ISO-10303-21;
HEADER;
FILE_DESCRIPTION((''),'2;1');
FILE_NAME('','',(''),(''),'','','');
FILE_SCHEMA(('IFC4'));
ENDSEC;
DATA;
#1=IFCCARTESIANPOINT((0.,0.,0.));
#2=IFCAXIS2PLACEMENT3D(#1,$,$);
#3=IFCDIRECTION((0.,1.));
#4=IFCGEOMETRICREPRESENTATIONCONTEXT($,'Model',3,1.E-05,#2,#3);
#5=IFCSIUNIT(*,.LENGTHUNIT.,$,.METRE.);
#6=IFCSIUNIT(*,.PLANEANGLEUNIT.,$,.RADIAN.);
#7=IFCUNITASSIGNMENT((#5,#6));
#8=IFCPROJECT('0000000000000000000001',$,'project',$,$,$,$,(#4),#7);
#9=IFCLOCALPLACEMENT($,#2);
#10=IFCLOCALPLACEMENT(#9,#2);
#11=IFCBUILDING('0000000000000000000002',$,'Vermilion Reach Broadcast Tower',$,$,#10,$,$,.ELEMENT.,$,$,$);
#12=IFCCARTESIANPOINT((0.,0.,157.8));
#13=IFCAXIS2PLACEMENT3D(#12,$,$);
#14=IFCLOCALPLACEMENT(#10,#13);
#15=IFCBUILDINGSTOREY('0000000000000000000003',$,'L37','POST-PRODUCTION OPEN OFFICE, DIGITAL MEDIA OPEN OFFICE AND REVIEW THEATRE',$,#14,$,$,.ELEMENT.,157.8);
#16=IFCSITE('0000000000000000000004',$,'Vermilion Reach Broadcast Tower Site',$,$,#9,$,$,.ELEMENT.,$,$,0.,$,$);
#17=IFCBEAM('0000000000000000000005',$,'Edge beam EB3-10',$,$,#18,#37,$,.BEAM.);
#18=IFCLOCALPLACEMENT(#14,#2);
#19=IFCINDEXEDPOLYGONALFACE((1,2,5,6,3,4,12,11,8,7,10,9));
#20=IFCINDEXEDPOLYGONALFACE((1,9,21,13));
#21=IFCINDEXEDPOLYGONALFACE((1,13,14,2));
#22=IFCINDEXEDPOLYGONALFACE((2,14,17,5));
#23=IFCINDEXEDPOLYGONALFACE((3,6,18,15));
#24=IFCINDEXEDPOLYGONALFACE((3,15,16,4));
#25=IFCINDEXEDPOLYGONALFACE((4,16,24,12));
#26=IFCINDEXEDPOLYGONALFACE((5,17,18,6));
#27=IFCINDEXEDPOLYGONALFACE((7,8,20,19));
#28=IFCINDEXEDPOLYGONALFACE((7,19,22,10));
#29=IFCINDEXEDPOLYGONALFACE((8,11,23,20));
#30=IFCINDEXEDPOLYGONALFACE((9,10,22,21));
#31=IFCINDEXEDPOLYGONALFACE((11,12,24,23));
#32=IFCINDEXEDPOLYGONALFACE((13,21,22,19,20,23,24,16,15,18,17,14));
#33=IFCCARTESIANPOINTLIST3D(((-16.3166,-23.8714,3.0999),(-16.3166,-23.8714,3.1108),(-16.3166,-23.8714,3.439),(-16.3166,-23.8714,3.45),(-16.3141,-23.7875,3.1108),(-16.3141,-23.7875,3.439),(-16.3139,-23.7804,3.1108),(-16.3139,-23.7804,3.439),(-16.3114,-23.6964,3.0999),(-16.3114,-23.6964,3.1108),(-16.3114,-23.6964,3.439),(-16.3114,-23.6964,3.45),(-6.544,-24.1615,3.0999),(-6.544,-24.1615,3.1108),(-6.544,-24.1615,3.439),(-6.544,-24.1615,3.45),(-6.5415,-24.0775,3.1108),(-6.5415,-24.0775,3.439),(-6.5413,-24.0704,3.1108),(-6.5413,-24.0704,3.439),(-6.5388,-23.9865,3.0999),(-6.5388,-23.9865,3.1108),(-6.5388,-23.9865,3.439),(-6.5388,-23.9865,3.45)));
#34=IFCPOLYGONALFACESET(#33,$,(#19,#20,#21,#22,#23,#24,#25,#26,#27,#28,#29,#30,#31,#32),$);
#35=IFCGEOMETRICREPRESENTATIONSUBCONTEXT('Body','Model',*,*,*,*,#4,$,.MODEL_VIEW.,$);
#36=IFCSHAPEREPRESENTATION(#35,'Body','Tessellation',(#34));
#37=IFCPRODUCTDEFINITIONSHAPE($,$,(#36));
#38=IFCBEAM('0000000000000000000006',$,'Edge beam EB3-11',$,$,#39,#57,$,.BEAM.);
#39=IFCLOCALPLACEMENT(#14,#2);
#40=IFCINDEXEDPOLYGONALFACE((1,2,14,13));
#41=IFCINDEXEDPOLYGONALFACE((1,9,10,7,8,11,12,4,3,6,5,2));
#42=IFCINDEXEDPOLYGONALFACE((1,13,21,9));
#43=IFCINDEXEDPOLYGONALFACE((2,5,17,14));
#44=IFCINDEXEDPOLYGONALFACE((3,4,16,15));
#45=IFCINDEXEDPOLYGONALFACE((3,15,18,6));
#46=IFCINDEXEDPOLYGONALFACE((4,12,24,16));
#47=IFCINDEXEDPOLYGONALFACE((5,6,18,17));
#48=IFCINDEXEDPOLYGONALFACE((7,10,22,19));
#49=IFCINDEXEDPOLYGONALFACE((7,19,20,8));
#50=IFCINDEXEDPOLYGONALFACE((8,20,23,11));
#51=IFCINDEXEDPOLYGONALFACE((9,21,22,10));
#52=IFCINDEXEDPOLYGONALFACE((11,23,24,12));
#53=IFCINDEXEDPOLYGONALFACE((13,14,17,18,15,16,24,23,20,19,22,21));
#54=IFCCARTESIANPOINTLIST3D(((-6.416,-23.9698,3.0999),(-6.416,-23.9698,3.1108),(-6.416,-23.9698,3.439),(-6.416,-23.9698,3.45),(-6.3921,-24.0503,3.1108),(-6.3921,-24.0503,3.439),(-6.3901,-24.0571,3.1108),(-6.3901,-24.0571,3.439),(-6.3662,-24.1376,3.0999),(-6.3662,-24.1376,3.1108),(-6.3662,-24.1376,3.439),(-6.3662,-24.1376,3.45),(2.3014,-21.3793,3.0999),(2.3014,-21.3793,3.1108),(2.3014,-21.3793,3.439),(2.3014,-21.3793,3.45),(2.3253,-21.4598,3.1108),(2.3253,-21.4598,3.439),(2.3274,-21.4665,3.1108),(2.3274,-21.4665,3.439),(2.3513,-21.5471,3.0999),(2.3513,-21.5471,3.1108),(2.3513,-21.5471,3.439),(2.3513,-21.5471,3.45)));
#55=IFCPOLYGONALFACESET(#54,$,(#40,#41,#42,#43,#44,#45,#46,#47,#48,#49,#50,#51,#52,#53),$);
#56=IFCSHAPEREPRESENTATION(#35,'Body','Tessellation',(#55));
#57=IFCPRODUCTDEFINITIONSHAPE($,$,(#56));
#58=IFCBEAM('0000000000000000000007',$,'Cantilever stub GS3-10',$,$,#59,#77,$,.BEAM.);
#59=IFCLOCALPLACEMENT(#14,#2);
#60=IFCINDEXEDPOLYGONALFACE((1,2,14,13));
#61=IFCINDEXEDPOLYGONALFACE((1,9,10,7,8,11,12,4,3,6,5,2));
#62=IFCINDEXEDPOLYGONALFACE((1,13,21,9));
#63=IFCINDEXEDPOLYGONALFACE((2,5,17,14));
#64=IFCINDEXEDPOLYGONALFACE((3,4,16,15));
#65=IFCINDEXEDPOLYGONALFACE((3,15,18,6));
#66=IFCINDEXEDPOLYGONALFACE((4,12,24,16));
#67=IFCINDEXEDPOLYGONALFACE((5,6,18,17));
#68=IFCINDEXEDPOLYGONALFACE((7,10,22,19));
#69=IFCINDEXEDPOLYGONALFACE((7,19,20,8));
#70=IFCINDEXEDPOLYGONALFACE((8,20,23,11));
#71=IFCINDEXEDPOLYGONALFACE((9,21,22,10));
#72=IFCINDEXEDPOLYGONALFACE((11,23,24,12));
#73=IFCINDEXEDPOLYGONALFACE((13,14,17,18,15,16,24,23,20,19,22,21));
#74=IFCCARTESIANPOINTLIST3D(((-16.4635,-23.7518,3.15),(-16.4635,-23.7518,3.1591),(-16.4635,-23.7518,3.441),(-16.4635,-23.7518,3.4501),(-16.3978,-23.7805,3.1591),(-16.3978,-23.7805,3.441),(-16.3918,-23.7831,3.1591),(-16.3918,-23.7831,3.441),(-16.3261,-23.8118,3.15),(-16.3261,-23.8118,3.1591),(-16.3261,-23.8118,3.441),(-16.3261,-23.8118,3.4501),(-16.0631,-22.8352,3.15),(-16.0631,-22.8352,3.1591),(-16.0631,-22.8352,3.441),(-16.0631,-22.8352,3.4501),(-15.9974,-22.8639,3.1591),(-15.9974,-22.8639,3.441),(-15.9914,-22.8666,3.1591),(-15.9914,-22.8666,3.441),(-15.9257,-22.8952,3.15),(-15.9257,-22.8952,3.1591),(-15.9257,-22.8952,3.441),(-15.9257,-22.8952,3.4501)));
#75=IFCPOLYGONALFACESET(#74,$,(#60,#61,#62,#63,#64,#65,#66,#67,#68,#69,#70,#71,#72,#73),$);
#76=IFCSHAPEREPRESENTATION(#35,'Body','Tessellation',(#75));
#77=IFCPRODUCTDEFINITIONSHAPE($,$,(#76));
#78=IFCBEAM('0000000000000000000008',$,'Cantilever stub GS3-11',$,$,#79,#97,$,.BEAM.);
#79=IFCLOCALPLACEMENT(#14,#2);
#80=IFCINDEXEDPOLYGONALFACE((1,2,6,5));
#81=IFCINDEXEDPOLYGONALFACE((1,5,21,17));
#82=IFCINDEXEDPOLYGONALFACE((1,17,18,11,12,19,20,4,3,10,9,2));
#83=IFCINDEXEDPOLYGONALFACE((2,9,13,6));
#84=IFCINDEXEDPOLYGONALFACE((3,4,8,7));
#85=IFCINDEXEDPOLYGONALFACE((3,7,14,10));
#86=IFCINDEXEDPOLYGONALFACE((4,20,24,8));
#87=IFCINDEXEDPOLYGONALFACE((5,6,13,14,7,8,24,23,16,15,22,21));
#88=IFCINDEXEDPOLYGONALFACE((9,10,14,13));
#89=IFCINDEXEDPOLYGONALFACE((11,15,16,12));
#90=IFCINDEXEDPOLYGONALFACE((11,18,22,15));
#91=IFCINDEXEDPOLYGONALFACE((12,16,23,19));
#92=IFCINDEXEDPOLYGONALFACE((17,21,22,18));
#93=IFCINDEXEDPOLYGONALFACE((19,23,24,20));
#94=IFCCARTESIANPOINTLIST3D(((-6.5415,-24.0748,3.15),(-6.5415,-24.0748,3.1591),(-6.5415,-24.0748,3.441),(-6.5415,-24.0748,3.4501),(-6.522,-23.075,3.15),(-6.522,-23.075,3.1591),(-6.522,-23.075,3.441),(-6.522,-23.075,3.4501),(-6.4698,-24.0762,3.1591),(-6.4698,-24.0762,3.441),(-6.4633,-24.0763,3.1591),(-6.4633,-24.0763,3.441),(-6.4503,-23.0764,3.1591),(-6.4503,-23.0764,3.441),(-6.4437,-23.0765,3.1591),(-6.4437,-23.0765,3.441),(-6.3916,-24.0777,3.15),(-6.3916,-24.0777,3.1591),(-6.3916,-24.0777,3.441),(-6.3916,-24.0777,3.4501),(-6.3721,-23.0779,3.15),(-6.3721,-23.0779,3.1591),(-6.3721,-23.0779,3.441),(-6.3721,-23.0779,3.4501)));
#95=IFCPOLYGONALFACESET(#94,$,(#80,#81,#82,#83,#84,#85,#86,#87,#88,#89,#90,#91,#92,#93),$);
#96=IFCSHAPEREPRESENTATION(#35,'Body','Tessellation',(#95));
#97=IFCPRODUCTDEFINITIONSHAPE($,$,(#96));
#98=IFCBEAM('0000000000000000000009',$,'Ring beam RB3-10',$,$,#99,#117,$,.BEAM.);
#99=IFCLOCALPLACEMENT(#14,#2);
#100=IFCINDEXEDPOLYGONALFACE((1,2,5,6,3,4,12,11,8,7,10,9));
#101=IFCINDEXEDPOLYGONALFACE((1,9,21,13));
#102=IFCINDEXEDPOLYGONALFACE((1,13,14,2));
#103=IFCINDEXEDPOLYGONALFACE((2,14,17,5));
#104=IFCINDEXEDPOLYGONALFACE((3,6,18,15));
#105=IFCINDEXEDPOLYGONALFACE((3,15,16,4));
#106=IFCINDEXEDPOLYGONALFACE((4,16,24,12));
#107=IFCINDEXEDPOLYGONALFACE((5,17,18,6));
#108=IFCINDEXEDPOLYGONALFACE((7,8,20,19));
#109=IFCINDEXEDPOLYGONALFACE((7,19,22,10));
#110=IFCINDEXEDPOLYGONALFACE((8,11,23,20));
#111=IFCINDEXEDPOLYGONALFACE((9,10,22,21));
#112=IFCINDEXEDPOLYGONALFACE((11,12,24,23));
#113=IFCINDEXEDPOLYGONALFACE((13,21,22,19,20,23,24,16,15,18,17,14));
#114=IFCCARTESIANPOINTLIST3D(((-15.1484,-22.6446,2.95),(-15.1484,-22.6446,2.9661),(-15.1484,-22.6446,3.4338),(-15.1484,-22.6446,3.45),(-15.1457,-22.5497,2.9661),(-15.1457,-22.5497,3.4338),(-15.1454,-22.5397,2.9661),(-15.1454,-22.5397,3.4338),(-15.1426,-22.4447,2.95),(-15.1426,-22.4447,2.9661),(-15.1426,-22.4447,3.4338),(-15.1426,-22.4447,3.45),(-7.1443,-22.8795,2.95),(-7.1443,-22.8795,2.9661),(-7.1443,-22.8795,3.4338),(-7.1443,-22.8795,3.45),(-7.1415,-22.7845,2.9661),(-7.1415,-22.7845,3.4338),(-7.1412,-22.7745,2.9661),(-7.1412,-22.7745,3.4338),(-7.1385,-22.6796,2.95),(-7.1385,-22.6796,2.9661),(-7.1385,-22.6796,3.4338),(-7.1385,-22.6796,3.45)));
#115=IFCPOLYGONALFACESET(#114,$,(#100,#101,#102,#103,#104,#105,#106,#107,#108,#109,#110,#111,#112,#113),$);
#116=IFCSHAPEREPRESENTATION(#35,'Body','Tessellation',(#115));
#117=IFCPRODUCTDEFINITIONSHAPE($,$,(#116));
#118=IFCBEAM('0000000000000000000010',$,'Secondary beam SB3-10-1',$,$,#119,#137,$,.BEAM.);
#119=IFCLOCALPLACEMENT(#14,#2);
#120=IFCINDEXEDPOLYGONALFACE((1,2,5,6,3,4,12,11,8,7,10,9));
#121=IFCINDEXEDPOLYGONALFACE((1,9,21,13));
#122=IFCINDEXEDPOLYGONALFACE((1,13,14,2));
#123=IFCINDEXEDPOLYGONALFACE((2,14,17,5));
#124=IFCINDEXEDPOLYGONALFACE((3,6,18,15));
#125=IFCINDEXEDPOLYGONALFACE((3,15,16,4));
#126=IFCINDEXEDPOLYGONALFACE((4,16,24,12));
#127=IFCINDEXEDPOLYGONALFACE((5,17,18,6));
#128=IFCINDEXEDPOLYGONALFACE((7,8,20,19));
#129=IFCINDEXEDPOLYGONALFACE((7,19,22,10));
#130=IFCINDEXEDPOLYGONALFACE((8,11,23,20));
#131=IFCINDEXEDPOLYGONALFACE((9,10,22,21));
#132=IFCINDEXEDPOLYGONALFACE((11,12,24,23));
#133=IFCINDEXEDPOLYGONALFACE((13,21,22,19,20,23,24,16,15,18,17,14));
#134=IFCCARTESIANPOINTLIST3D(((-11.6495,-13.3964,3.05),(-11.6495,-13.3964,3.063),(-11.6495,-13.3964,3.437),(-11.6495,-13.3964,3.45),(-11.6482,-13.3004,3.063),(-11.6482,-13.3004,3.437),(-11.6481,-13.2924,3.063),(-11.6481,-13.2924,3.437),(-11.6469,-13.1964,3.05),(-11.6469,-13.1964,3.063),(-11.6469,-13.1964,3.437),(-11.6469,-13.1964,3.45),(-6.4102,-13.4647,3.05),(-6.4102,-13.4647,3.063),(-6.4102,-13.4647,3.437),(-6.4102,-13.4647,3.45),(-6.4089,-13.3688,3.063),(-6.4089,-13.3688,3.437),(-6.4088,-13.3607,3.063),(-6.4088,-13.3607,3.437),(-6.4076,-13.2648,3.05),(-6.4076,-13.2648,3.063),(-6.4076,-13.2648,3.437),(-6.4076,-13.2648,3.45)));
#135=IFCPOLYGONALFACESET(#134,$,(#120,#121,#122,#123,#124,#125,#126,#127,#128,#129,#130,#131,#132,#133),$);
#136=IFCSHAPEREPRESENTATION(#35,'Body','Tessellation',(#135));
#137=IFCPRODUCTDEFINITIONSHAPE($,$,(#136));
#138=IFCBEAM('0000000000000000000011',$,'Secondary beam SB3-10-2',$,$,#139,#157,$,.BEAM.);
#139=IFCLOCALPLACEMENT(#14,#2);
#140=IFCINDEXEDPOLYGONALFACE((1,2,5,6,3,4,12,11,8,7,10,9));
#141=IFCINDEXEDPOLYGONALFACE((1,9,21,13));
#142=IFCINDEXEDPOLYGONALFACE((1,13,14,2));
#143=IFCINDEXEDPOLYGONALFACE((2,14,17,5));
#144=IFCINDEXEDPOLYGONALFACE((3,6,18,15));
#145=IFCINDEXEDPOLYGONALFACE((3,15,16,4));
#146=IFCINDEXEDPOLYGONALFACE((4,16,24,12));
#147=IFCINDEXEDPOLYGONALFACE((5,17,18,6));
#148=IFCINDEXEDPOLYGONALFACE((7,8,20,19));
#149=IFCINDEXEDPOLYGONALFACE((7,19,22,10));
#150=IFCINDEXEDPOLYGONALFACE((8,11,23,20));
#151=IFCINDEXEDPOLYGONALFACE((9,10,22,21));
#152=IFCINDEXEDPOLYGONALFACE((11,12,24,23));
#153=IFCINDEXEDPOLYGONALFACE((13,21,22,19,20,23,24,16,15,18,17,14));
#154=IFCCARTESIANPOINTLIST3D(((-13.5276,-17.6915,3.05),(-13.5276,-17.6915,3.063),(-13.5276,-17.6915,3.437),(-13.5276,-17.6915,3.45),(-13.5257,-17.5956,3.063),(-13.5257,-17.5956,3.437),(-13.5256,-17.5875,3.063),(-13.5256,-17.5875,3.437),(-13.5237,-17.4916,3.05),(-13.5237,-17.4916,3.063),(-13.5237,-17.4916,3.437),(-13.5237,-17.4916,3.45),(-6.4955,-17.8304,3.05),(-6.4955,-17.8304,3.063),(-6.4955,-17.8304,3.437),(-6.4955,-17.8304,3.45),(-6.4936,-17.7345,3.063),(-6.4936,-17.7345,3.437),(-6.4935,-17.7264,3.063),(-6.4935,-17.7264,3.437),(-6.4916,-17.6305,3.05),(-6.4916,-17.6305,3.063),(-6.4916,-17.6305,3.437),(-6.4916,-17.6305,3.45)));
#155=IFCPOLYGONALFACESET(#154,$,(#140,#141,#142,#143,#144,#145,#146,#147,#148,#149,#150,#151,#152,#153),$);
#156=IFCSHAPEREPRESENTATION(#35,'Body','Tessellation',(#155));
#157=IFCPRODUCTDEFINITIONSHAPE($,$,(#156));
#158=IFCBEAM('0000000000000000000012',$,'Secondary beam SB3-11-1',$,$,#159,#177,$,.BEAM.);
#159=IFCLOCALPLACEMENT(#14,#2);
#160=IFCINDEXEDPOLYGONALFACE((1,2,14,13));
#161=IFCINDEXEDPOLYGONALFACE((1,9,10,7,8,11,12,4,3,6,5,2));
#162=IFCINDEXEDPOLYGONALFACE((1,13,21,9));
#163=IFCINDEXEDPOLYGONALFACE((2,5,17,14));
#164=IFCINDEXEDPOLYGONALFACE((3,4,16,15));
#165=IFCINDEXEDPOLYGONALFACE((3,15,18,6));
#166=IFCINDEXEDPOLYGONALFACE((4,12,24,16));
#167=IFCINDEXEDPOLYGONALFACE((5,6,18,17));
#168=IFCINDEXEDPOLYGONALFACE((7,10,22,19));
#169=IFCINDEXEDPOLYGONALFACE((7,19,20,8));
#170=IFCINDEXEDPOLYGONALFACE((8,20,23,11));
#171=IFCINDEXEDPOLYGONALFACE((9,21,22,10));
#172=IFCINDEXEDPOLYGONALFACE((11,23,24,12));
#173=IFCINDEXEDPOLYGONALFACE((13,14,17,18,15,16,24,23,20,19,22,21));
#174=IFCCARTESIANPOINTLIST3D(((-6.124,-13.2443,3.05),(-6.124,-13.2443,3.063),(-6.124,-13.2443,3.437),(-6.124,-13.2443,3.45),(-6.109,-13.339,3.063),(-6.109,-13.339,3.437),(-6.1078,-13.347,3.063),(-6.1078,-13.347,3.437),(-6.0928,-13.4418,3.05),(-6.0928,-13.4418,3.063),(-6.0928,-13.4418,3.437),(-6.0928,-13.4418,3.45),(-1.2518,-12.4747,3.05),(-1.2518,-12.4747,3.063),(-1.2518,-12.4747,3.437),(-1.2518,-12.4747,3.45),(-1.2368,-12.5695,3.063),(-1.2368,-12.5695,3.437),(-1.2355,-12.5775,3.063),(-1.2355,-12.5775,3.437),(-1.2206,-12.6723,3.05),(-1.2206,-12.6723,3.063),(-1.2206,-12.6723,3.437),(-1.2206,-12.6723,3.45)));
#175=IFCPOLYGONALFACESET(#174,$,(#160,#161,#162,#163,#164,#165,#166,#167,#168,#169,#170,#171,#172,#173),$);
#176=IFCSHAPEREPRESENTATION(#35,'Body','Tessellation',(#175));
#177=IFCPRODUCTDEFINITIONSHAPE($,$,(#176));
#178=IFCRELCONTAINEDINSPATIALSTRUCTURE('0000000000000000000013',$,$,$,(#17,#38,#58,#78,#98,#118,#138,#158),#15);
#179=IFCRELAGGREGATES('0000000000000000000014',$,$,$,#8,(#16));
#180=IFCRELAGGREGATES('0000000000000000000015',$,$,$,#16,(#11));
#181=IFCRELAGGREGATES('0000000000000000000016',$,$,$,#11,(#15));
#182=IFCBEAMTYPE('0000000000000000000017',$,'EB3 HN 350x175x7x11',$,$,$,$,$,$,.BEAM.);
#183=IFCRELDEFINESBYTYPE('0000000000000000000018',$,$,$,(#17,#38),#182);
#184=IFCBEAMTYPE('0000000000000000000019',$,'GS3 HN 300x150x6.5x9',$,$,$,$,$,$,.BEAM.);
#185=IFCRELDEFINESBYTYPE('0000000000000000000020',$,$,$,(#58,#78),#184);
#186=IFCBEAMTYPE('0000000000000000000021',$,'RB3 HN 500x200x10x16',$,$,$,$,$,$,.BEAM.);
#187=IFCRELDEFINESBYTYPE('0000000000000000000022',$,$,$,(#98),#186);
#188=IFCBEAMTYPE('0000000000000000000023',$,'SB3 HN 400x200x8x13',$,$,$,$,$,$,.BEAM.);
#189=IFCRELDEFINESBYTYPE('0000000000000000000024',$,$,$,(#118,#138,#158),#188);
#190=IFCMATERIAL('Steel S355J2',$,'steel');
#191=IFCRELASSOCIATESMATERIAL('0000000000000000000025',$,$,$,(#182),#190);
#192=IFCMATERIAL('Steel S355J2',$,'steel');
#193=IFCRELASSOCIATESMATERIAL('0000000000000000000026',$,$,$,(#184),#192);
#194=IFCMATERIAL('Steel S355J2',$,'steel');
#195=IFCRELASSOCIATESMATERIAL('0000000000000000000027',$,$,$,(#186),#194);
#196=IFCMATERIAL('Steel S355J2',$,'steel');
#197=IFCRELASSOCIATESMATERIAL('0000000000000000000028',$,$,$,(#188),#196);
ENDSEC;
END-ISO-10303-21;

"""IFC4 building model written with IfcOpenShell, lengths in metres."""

from ifc_helpers import new_model, si_unit, direction, frame, origin, origin_2d, place, context, subcontext, project, spatial, i_section, extrude, material, material_profile, profile_set, type_object, element, save


model = new_model("IFC4")

# Units and contexts
model_context = context("Model", 3, precision=1e-05, world=origin(), true_north=direction((0.0, 1.0)))
body_context = subcontext(model_context, "Body", "Model", "MODEL_VIEW")
ifc_project = project(units=[si_unit("LENGTHUNIT", "METRE"), si_unit("PLANEANGLEUNIT", "RADIAN")], contexts=[model_context])

# Site, building, storey
site_placement = place(None, origin())
site = spatial("IfcSite", under=ifc_project, at=site_placement, Name="Vermilion Reach Broadcast Tower Site", CompositionType="ELEMENT", RefElevation=0.0)
building_placement = place(site_placement, origin())
building = spatial("IfcBuilding", under=site, at=building_placement, Name="Vermilion Reach Broadcast Tower", CompositionType="ELEMENT")
storey_placement = place(building_placement, frame((0.0, 0.0, 157.8)))
storey = spatial("IfcBuildingStorey", under=building, at=storey_placement, Name="L37", Description="POST-PRODUCTION OPEN OFFICE, DIGITAL MEDIA OPEN OFFICE AND REVIEW THEATRE", CompositionType="ELEMENT", Elevation=157.8)

# Beams
ifc_material_1 = material(Name="Steel S355J2", Category="steel")
ifc_material_profile_1 = material_profile(ifc_material_1, i_section(OverallWidth=0.175, OverallDepth=0.3501, WebThickness=0.0071, FlangeThickness=0.011, at=origin_2d()), Name="S355J2 HN 350x175x7x11")
ifc_profile_set_1 = profile_set([ifc_material_profile_1], Name="Steel S355J2")
beam_type_1 = type_object("IfcBeamType", Name="EB3 HN 350x175x7x11", PredefinedType="BEAM", material=ifc_profile_set_1)
beam_1_placement = place(storey_placement, frame((-16.314, -23.7839, 3.2749), z_axis=(0.99956, -0.029666, 0.0), x_axis=(0.029666, 0.99956, 0.0)))
element("IfcBeam", 1, at=beam_1_placement, inside=storey, type_object=beam_type_1, Name="Edge beam EB3-10", PredefinedType="BEAM", context=body_context, shape_type="SweptSolid", body=[
    extrude(i_section(OverallWidth=0.175, OverallDepth=0.3501, WebThickness=0.0071, FlangeThickness=0.011, at=origin_2d()), origin(), (0.0, 0.0, 1.0), 9.7769),
])
beam_2_placement = place(storey_placement, frame((-6.3911, -24.0537, 3.2749), z_axis=(0.95857, 0.284857, 0.0), x_axis=(-0.284857, 0.95857, 0.0)))
element("IfcBeam", 2, at=beam_2_placement, inside=storey, type_object=beam_type_1, Name="Edge beam EB3-11", PredefinedType="BEAM", context=body_context, shape_type="SweptSolid", body=[
    extrude(i_section(OverallWidth=0.175, OverallDepth=0.3501, WebThickness=0.0071, FlangeThickness=0.011, at=origin_2d()), origin(), (0.0, 0.0, 1.0), 9.0942),
])
ifc_material_2 = material(Name="Steel S355J2", Category="steel")
ifc_material_profile_2 = material_profile(ifc_material_2, i_section(OverallWidth=0.1499, OverallDepth=0.3, WebThickness=0.0066, FlangeThickness=0.009, at=origin_2d()), Name="S355J2 HN 300x150x6.5x9")
ifc_profile_set_2 = profile_set([ifc_material_profile_2], Name="Steel S355J2")
beam_type_2 = type_object("IfcBeamType", Name="GS3 HN 300x150x6.5x9", PredefinedType="BEAM", material=ifc_profile_set_2)
beam_3_placement = place(storey_placement, frame((-15.9944, -22.8652, 3.3), z_axis=(-0.400332, -0.91637, 0.0), x_axis=(0.91637, -0.400332, 0.0)))
element("IfcBeam", 3, at=beam_3_placement, inside=storey, type_object=beam_type_2, Name="Cantilever stub GS3-10", PredefinedType="BEAM", context=body_context, shape_type="SweptSolid", body=[
    extrude(i_section(OverallWidth=0.1499, OverallDepth=0.3, WebThickness=0.0066, FlangeThickness=0.009, at=origin_2d()), origin(), (0.0, 0.0, 1.0), 1.0002),
])
beam_4_placement = place(storey_placement, frame((-6.447, -23.0764, 3.3), z_axis=(-0.019532, -0.999809, 0.0), x_axis=(0.999809, -0.019532, 0.0)))
element("IfcBeam", 4, at=beam_4_placement, inside=storey, type_object=beam_type_2, Name="Cantilever stub GS3-11", PredefinedType="BEAM", context=body_context, shape_type="SweptSolid", body=[
    extrude(i_section(OverallWidth=0.1499, OverallDepth=0.3, WebThickness=0.0066, FlangeThickness=0.009, at=origin_2d()), origin(), (0.0, 0.0, 1.0), 1.0),
])
ifc_material_3 = material(Name="Steel S355J2", Category="steel")
ifc_material_profile_3 = material_profile(ifc_material_3, i_section(OverallWidth=0.2, OverallDepth=0.5, WebThickness=0.01, FlangeThickness=0.0161, at=origin_2d()), Name="S355J2 HN 500x200x10x16")
ifc_profile_set_3 = profile_set([ifc_material_profile_3], Name="Steel S355J2")
beam_type_3 = type_object("IfcBeamType", Name="RB3 HN 500x200x10x16", PredefinedType="BEAM", material=ifc_profile_set_3)
beam_5_placement = place(storey_placement, frame((-15.1455, -22.5447, 3.2), z_axis=(0.99957, -0.02933, 0.0), x_axis=(0.02933, 0.99957, 0.0)))
element("IfcBeam", 5, at=beam_5_placement, inside=storey, type_object=beam_type_3, Name="Ring beam RB3-10", PredefinedType="BEAM", context=body_context, shape_type="SweptSolid", body=[
    extrude(i_section(OverallWidth=0.2, OverallDepth=0.5, WebThickness=0.01, FlangeThickness=0.0161, at=origin_2d()), origin(), (0.0, 0.0, 1.0), 8.0076),
])
ifc_material_4 = material(Name="Steel S355J2", Category="steel")
ifc_material_profile_4 = material_profile(ifc_material_4, i_section(OverallWidth=0.2, OverallDepth=0.3999, WebThickness=0.0081, FlangeThickness=0.0129, at=origin_2d()), Name="S355J2 HN 400x200x8x13")
ifc_profile_set_4 = profile_set([ifc_material_profile_4], Name="Steel S355J2")
beam_type_4 = type_object("IfcBeamType", Name="SB3 HN 400x200x8x13", PredefinedType="BEAM", material=ifc_profile_set_4)
beam_6_placement = place(storey_placement, frame((-11.6482, -13.2964, 3.25), z_axis=(0.999915, -0.013046, 0.0), x_axis=(0.013046, 0.999915, 0.0)))
element("IfcBeam", 6, at=beam_6_placement, inside=storey, type_object=beam_type_4, Name="Secondary beam SB3-10-1", PredefinedType="BEAM", context=body_context, shape_type="SweptSolid", body=[
    extrude(i_section(OverallWidth=0.2, OverallDepth=0.3999, WebThickness=0.0081, FlangeThickness=0.0129, at=origin_2d()), origin(), (0.0, 0.0, 1.0), 5.2397),
])
beam_7_placement = place(storey_placement, frame((-13.5256, -17.5916, 3.25), z_axis=(0.999805, -0.019751, 0.0), x_axis=(0.019751, 0.999805, 0.0)))
element("IfcBeam", 7, at=beam_7_placement, inside=storey, type_object=beam_type_4, Name="Secondary beam SB3-10-2", PredefinedType="BEAM", context=body_context, shape_type="SweptSolid", body=[
    extrude(i_section(OverallWidth=0.2, OverallDepth=0.3999, WebThickness=0.0081, FlangeThickness=0.0129, at=origin_2d()), origin(), (0.0, 0.0, 1.0), 7.0334),
])
beam_8_placement = place(storey_placement, frame((-6.1084, -13.343, 3.25), z_axis=(0.987756, 0.156006, 0.0), x_axis=(-0.156006, 0.987756, 0.0)))
element("IfcBeam", 8, at=beam_8_placement, inside=storey, type_object=beam_type_4, Name="Secondary beam SB3-11-1", PredefinedType="BEAM", context=body_context, shape_type="SweptSolid", body=[
    extrude(i_section(OverallWidth=0.2, OverallDepth=0.3999, WebThickness=0.0081, FlangeThickness=0.0129, at=origin_2d()), origin(), (0.0, 0.0, 1.0), 4.9326),
])

save(model, "model.ifc")
